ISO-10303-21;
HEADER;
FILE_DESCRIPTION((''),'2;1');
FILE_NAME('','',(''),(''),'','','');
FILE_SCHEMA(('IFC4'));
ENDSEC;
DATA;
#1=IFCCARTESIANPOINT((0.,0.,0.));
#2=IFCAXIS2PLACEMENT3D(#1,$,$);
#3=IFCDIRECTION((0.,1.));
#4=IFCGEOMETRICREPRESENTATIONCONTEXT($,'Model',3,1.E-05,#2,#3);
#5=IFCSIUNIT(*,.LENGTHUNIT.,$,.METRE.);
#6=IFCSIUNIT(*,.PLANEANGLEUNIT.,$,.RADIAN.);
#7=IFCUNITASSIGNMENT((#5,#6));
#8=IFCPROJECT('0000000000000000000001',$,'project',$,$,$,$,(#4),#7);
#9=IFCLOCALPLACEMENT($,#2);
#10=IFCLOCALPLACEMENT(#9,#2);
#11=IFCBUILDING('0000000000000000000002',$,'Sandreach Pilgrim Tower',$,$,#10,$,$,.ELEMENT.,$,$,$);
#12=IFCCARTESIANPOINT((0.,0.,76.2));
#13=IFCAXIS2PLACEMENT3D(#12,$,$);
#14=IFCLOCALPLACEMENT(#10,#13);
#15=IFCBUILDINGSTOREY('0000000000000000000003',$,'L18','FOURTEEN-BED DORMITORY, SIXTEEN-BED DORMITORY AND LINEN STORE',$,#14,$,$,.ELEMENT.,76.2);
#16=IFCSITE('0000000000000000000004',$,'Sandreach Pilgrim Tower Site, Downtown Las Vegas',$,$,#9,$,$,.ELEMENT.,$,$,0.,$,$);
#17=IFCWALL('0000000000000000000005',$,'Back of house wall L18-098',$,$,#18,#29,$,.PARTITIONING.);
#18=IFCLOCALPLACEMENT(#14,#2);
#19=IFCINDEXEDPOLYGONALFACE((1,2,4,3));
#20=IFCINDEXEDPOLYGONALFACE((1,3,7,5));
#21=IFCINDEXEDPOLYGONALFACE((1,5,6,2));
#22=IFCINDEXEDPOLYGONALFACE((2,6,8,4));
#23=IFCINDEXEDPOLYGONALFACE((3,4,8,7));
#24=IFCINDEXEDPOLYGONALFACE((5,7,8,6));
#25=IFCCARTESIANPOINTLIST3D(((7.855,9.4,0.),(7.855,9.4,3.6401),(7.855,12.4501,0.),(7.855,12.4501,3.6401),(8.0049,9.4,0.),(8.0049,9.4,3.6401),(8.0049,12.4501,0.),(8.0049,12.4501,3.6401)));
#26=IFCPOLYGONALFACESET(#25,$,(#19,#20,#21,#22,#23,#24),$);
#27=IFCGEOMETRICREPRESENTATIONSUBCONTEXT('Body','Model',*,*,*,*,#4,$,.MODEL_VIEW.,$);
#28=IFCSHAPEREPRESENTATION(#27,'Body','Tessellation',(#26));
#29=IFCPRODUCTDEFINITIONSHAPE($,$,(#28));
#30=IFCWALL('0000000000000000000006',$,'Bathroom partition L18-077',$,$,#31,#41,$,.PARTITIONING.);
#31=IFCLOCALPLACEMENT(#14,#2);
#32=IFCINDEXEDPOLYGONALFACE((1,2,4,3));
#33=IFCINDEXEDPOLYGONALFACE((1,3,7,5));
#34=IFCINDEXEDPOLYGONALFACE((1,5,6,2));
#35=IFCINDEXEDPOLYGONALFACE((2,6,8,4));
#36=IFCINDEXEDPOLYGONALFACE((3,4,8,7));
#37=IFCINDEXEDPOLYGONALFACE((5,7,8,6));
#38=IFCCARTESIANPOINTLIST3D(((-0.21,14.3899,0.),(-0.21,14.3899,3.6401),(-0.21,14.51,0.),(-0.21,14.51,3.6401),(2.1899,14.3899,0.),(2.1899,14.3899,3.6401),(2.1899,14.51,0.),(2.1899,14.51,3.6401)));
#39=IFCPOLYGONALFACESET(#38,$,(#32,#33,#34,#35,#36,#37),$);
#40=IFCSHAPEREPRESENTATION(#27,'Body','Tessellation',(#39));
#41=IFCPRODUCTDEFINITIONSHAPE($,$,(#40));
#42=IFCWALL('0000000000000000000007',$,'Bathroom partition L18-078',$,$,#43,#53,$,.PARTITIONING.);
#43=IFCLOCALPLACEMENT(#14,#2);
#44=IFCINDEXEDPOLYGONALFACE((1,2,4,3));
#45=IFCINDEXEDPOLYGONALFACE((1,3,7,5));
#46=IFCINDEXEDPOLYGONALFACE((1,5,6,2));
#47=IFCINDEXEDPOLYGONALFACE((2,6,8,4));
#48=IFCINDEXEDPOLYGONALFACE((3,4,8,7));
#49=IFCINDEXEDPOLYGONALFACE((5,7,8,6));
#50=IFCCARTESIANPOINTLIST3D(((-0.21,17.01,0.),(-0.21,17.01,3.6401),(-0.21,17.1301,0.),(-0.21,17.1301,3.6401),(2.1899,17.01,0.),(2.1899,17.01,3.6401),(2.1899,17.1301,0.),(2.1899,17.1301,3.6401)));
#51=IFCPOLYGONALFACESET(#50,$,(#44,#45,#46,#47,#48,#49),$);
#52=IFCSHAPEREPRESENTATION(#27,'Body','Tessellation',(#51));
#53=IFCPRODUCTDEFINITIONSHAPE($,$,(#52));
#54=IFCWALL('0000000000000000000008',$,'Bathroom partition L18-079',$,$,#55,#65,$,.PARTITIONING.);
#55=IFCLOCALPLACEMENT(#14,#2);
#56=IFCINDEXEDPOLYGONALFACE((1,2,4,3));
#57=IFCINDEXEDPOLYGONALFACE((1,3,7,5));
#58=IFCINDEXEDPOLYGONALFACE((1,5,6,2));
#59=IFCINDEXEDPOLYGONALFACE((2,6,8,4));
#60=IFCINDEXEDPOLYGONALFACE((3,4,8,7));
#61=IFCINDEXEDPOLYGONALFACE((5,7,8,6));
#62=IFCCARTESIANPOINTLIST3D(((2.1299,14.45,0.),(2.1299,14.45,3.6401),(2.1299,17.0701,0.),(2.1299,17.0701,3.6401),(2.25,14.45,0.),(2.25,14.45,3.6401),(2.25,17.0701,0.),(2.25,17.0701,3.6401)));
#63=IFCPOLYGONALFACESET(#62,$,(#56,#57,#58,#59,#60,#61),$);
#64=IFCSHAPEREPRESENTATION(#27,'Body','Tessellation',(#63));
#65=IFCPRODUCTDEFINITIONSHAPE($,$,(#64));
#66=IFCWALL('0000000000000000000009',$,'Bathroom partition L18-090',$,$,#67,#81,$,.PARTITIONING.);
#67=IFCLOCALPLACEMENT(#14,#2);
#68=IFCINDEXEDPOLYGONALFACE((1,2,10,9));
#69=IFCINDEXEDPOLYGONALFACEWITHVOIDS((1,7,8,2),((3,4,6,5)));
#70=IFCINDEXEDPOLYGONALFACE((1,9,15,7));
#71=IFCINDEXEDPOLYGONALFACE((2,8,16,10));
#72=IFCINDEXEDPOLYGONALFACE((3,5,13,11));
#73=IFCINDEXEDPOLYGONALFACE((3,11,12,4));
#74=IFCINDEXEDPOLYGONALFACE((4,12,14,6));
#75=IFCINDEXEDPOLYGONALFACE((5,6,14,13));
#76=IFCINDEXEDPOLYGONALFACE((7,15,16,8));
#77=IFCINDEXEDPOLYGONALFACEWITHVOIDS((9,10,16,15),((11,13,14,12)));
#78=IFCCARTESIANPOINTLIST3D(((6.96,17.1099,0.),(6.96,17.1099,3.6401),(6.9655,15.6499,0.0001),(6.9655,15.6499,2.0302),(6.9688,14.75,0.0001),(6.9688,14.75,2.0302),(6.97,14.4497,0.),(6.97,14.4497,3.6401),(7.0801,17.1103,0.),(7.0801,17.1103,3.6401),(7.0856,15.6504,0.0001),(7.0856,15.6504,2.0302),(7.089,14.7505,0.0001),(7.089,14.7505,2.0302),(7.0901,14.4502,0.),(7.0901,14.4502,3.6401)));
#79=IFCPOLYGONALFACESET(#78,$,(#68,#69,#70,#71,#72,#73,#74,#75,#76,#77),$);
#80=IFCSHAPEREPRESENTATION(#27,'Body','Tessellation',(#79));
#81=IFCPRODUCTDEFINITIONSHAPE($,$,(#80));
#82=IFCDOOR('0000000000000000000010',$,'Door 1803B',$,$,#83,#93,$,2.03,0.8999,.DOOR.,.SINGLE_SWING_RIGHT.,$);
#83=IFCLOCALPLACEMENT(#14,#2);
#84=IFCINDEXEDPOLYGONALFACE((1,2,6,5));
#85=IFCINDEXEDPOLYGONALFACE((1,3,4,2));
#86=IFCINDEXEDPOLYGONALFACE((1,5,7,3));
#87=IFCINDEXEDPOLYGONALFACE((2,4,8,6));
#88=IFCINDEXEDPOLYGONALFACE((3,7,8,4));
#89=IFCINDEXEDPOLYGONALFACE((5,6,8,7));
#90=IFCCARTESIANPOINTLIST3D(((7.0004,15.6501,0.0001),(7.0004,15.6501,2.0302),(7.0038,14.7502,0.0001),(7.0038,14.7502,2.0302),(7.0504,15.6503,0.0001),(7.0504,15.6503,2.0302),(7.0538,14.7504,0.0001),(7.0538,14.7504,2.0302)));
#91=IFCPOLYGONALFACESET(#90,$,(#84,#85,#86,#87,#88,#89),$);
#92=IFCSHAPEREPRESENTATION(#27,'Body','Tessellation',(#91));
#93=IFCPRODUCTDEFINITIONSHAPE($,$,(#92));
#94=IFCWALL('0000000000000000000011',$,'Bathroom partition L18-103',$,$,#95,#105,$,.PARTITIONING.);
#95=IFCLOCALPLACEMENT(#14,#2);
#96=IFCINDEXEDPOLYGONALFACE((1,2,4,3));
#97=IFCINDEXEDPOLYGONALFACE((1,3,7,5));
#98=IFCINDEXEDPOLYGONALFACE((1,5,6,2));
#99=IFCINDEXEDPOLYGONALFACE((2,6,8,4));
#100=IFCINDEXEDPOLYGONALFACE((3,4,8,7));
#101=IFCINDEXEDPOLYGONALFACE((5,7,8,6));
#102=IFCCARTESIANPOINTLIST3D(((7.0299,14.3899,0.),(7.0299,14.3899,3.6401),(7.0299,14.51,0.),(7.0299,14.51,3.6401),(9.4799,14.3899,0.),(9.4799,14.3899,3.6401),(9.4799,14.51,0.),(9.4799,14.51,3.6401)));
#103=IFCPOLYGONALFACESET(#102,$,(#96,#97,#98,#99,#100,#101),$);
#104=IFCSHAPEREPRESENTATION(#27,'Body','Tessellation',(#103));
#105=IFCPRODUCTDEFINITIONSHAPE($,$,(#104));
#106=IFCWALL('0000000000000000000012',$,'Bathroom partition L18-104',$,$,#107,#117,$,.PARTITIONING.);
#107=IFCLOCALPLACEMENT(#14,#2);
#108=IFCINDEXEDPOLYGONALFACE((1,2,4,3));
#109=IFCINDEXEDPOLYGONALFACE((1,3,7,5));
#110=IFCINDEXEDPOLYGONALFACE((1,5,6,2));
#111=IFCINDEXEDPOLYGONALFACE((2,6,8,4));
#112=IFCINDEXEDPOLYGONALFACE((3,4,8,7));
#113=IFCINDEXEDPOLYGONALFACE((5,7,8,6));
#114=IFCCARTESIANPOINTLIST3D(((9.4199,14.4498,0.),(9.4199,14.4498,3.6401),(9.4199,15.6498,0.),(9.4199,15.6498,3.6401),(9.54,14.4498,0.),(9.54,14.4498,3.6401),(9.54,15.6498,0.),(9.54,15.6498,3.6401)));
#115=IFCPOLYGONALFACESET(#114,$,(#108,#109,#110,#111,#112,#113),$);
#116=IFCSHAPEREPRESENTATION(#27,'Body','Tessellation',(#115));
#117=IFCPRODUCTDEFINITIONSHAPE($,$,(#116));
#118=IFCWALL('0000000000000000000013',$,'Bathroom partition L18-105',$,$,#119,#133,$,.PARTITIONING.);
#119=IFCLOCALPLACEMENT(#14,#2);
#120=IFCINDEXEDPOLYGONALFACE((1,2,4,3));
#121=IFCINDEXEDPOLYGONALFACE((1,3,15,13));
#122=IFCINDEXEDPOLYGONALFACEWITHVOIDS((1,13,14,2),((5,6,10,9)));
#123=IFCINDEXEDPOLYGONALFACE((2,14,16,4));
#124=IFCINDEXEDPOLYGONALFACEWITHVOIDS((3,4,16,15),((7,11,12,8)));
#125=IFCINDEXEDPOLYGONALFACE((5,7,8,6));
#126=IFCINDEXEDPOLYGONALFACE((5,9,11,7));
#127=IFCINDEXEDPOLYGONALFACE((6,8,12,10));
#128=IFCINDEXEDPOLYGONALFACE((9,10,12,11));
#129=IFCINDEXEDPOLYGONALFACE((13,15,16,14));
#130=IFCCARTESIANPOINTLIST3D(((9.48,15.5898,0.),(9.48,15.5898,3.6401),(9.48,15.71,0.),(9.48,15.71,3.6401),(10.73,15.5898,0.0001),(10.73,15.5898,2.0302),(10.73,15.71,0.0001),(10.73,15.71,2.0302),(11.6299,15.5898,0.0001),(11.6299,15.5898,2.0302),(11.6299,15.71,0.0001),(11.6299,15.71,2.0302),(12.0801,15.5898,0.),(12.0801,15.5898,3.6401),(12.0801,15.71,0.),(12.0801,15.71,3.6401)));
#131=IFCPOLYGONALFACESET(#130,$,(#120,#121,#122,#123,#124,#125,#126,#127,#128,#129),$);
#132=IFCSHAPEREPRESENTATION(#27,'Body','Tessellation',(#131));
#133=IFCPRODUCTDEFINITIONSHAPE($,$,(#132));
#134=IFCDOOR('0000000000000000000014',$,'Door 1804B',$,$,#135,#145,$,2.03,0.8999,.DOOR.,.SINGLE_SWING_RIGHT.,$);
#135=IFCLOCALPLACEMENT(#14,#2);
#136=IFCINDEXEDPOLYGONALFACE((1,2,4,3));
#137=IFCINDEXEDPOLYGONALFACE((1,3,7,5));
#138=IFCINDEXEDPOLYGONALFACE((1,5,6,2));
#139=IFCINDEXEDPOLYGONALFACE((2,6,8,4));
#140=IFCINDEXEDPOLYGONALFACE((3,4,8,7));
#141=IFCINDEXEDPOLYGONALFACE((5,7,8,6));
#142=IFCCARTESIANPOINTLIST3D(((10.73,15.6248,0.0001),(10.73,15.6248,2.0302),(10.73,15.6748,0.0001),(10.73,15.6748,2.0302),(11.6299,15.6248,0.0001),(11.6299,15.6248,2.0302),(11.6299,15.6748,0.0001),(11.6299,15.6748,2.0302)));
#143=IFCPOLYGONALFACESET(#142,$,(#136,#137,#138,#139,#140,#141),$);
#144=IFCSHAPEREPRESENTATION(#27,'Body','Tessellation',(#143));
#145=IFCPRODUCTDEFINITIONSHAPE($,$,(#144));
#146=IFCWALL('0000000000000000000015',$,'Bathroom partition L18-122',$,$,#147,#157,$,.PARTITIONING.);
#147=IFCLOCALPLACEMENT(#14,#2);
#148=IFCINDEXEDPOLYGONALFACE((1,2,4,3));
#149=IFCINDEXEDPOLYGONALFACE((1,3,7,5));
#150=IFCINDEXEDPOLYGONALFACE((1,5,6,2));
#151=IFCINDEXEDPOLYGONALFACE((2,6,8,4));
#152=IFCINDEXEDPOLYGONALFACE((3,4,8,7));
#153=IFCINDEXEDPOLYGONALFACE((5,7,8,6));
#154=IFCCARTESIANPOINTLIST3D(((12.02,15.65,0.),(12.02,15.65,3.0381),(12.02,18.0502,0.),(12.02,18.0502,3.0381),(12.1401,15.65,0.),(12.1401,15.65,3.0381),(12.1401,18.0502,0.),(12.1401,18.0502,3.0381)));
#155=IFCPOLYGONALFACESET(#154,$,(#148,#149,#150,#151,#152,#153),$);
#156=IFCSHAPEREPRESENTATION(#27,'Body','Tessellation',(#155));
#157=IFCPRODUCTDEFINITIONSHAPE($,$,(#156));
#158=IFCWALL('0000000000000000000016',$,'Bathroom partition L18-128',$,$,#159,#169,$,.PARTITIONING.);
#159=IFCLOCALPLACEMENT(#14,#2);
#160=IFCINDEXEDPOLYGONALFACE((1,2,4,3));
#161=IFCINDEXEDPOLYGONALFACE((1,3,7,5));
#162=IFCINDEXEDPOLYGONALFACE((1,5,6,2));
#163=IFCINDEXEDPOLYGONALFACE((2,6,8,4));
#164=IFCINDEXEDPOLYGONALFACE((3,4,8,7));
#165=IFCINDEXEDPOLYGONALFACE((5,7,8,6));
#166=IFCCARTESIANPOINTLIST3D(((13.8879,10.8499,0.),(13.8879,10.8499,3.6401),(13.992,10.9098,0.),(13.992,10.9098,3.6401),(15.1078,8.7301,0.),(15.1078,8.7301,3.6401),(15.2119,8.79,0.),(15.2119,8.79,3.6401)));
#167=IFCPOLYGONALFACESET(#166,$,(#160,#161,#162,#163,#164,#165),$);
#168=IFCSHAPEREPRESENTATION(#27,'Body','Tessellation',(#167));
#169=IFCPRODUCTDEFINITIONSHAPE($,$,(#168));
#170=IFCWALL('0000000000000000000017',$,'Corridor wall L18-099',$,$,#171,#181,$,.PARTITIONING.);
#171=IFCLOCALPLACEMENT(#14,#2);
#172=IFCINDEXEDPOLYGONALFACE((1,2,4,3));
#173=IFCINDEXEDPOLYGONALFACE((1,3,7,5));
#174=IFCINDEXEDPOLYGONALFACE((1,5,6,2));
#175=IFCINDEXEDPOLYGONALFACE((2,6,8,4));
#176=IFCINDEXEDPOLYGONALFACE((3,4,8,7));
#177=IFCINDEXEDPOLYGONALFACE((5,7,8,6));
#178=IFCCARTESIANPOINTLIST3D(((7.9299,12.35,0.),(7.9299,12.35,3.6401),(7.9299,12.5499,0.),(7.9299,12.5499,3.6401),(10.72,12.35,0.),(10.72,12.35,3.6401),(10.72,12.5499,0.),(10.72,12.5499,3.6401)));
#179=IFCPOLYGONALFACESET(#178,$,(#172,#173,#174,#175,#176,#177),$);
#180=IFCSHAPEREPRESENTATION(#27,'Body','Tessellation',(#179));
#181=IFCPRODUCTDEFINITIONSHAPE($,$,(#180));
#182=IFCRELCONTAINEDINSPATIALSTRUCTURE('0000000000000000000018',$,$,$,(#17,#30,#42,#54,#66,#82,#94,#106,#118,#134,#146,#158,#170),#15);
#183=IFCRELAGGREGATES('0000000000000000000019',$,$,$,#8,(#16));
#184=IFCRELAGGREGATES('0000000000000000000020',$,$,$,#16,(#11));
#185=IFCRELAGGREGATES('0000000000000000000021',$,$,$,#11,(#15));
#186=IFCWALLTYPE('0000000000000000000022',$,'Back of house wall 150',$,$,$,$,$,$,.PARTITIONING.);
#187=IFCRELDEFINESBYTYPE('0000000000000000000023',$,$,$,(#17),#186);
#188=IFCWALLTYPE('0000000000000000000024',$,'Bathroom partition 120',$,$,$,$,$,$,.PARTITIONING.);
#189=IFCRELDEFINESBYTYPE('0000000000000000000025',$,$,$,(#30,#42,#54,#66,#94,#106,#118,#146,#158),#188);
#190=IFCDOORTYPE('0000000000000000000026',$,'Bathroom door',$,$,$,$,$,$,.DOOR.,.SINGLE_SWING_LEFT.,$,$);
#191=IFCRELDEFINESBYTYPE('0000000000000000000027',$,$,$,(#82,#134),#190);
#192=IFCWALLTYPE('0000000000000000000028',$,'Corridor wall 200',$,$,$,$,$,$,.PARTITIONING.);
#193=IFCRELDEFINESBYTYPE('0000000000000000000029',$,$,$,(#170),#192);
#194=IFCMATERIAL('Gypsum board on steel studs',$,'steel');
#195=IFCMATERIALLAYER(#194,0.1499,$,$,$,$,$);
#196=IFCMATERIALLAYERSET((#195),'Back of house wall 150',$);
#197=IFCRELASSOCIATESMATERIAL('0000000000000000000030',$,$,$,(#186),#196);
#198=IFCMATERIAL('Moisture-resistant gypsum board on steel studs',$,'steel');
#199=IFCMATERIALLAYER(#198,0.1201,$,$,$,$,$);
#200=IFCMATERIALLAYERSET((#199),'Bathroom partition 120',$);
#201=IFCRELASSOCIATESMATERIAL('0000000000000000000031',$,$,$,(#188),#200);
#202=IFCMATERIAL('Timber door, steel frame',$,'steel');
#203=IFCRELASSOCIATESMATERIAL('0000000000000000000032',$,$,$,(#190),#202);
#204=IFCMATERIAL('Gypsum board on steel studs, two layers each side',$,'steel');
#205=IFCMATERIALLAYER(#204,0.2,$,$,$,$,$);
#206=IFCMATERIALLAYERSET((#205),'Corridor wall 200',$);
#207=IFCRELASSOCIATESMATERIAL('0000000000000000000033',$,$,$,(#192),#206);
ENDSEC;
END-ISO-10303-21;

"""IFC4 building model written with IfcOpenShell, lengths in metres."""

from ifc_helpers import new_model, si_unit, direction, frame, frame_2d, origin, place, context, subcontext, project, spatial, rectangle, extrude, material, layer, layer_set, type_object, element, fill, save


model = new_model("IFC4")

# Units and contexts
model_context = context("Model", 3, precision=1e-05, world=origin(), true_north=direction((0.0, 1.0)))
body_context = subcontext(model_context, "Body", "Model", "MODEL_VIEW")
ifc_project = project(units=[si_unit("LENGTHUNIT", "METRE"), si_unit("PLANEANGLEUNIT", "RADIAN")], contexts=[model_context])

# Site, building, storey
site_placement = place(None, origin())
site = spatial("IfcSite", under=ifc_project, at=site_placement, Name="Sandreach Pilgrim Tower Site, Downtown Las Vegas", CompositionType="ELEMENT", RefElevation=0.0)
building_placement = place(site_placement, origin())
building = spatial("IfcBuilding", under=site, at=building_placement, Name="Sandreach Pilgrim Tower", CompositionType="ELEMENT")
storey_placement = place(building_placement, frame((0.0, 0.0, 76.2)))
storey = spatial("IfcBuildingStorey", under=building, at=storey_placement, Name="L18", Description="FOURTEEN-BED DORMITORY, SIXTEEN-BED DORMITORY AND LINEN STORE", CompositionType="ELEMENT", Elevation=76.2)

# Walls
ifc_material_1 = material(Name="Gypsum board on steel studs", Category="steel")
ifc_layer_1 = layer(ifc_material_1, 0.1499)
ifc_layer_set_1 = layer_set([ifc_layer_1], Name="Back of house wall 150")
wall_type_1 = type_object("IfcWallType", Name="Back of house wall 150", PredefinedType="PARTITIONING", material=ifc_layer_set_1)
wall_1_placement = place(storey_placement, frame((7.9299, 12.45, 0.0), z_axis=(0.0, 0.0, 1.0), x_axis=(0.0, -1.0, 0.0)))
element("IfcWall", 1, at=wall_1_placement, inside=storey, type_object=wall_type_1, Name="Back of house wall L18-098", PredefinedType="PARTITIONING", context=body_context, shape_type="SweptSolid", body=[
    extrude(rectangle(XDim=3.05, YDim=0.1499, at=frame_2d((1.5249, 0.0))), origin(), (0.0, 0.0, 1.0), 3.6401),
])
ifc_material_2 = material(Name="Moisture-resistant gypsum board on steel studs", Category="steel")
ifc_layer_2 = layer(ifc_material_2, 0.1201)
ifc_layer_set_2 = layer_set([ifc_layer_2], Name="Bathroom partition 120")
wall_type_2 = type_object("IfcWallType", Name="Bathroom partition 120", PredefinedType="PARTITIONING", material=ifc_layer_set_2)
for number, where, z_axis, x_axis, name in (
    (2, (2.1899, 14.45, 0.0), (0.0, 0.0, 1.0), (-1.0, 0.0, 0.0), "Bathroom partition L18-077"),
    (3, (2.1899, 17.0701, 0.0), (0.0, 0.0, 1.0), (-1.0, 0.0, 0.0), "Bathroom partition L18-078"),
):
    element("IfcWall", number, at=place(storey_placement, frame(where, z_axis=z_axis, x_axis=x_axis)), inside=storey, type_object=wall_type_2, Name=name, PredefinedType="PARTITIONING", context=body_context, shape_type="SweptSolid", body=[
        extrude(rectangle(XDim=2.3999, YDim=0.1201, at=frame_2d((1.2, 0.0))), origin(), (0.0, 0.0, 1.0), 3.6401),
    ])
wall_2_placement = place(storey_placement, frame((2.1899, 17.0701, 0.0), z_axis=(0.0, 0.0, 1.0), x_axis=(0.0, -1.0, 0.0)))
element("IfcWall", 4, at=wall_2_placement, inside=storey, type_object=wall_type_2, Name="Bathroom partition L18-079", PredefinedType="PARTITIONING", context=body_context, shape_type="SweptSolid", body=[
    extrude(rectangle(XDim=2.6201, YDim=0.1201, at=frame_2d((1.3101, 0.0))), origin(), (0.0, 0.0, 1.0), 3.6401),
])

# Wall, opening, door
wall_3_placement = place(storey_placement, frame((7.02, 17.1101, 0.0), z_axis=(0.0, 0.0, 1.0), x_axis=(0.003763, -0.999993, 0.0)))
wall_3 = element("IfcWall", 5, at=wall_3_placement, inside=storey, type_object=wall_type_2, Name="Bathroom partition L18-090", PredefinedType="PARTITIONING", context=body_context, shape_type="SweptSolid", body=[
    extrude(rectangle(XDim=2.6602, YDim=0.1201, at=frame_2d((1.3301, 0.0))), origin(), (0.0, 0.0, 1.0), 3.6401),
])
opening_1_placement = place(wall_3_placement, frame((1.46, 0.0, 0.0)))
opening_1 = element("IfcOpeningElement", 6, at=opening_1_placement, cuts=wall_3, PredefinedType="OPENING", context=body_context, shape_type="SweptSolid", body=[
    extrude(rectangle(XDim=0.8999, YDim=2.03, at=frame_2d((0.45, 1.0151))), frame((0.0, 0.0601, 0.0), z_axis=(0.0, -1.0, 0.0), x_axis=(1.0, 0.0, 0.0)), (0.0, 0.0, 1.0), 0.1201),
])
ifc_material_3 = material(Name="Timber door, steel frame", Category="steel")
door_type_1 = type_object("IfcDoorType", Name="Bathroom door", OperationType="SINGLE_SWING_LEFT", PredefinedType="DOOR", material=ifc_material_3)
door_1_placement = place(opening_1_placement, origin())
door_1 = element("IfcDoor", 7, at=door_1_placement, inside=storey, type_object=door_type_1, Name="Door 1803B", OperationType="SINGLE_SWING_RIGHT", OverallHeight=2.03, OverallWidth=0.8999, PredefinedType="DOOR", context=body_context, shape_type="SweptSolid", body=[
    extrude(rectangle(XDim=0.8999, YDim=2.03, at=frame_2d((0.45, 1.0151))), frame((0.0, 0.0249, 0.0), z_axis=(0.0, -1.0, 0.0), x_axis=(1.0, 0.0, 0.0)), (0.0, 0.0, 1.0), 0.05),
])
fill(opening_1, door_1)

# Walls
wall_4_placement = place(storey_placement, frame((9.48, 14.45, 0.0), z_axis=(0.0, 0.0, 1.0), x_axis=(-1.0, 0.0, 0.0)))
element("IfcWall", 8, at=wall_4_placement, inside=storey, type_object=wall_type_2, Name="Bathroom partition L18-103", PredefinedType="PARTITIONING", context=body_context, shape_type="SweptSolid", body=[
    extrude(rectangle(XDim=2.45, YDim=0.1201, at=frame_2d((1.2251, 0.0))), origin(), (0.0, 0.0, 1.0), 3.6401),
])
wall_5_placement = place(storey_placement, frame((9.48, 15.6499, 0.0), z_axis=(0.0, 0.0, 1.0), x_axis=(0.0, -1.0, 0.0)))
element("IfcWall", 9, at=wall_5_placement, inside=storey, type_object=wall_type_2, Name="Bathroom partition L18-104", PredefinedType="PARTITIONING", context=body_context, shape_type="SweptSolid", body=[
    extrude(rectangle(XDim=1.2, YDim=0.1201, at=frame_2d((0.6001, 0.0))), origin(), (0.0, 0.0, 1.0), 3.6401),
])

# Wall, opening, door
wall_6_placement = place(storey_placement, frame((9.48, 15.6499, 0.0), z_axis=(0.0, 0.0, 1.0), x_axis=(1.0, 0.0, 0.0)))
wall_6 = element("IfcWall", 10, at=wall_6_placement, inside=storey, type_object=wall_type_2, Name="Bathroom partition L18-105", PredefinedType="PARTITIONING", context=body_context, shape_type="SweptSolid", body=[
    extrude(rectangle(XDim=2.6001, YDim=0.1201, at=frame_2d((1.3, 0.0))), origin(), (0.0, 0.0, 1.0), 3.6401),
])
opening_2_placement = place(wall_6_placement, frame((1.25, 0.0, 0.0)))
opening_2 = element("IfcOpeningElement", 11, at=opening_2_placement, cuts=wall_6, PredefinedType="OPENING", context=body_context, shape_type="SweptSolid", body=[
    extrude(rectangle(XDim=0.8999, YDim=2.03, at=frame_2d((0.45, 1.0151))), frame((0.0, 0.0601, 0.0), z_axis=(0.0, -1.0, 0.0), x_axis=(1.0, 0.0, 0.0)), (0.0, 0.0, 1.0), 0.1201),
])
door_2_placement = place(opening_2_placement, origin())
door_2 = element("IfcDoor", 12, at=door_2_placement, inside=storey, type_object=door_type_1, Name="Door 1804B", OperationType="SINGLE_SWING_RIGHT", OverallHeight=2.03, OverallWidth=0.8999, PredefinedType="DOOR", context=body_context, shape_type="SweptSolid", body=[
    extrude(rectangle(XDim=0.8999, YDim=2.03, at=frame_2d((0.45, 1.0151))), frame((0.0, 0.0249, 0.0), z_axis=(0.0, -1.0, 0.0), x_axis=(1.0, 0.0, 0.0)), (0.0, 0.0, 1.0), 0.05),
])
fill(opening_2, door_2)

# Walls
wall_7_placement = place(storey_placement, frame((12.0801, 15.6499, 0.0), z_axis=(0.0, 0.0, 1.0), x_axis=(0.0, 1.0, 0.0)))
element("IfcWall", 13, at=wall_7_placement, inside=storey, type_object=wall_type_2, Name="Bathroom partition L18-122", PredefinedType="PARTITIONING", context=body_context, shape_type="SweptSolid", body=[
    extrude(rectangle(XDim=2.4001, YDim=0.1201, at=frame_2d((1.2002, 0.0))), origin(), (0.0, 0.0, 1.0), 3.0381),
])
wall_8_placement = place(storey_placement, frame((13.9399, 10.8799, 0.0), z_axis=(0.0, 0.0, 1.0), x_axis=(0.498792, -0.866722, 0.0)))
element("IfcWall", 14, at=wall_8_placement, inside=storey, type_object=wall_type_2, Name="Bathroom partition L18-128", PredefinedType="PARTITIONING", context=body_context, shape_type="SweptSolid", body=[
    extrude(rectangle(XDim=2.4458, YDim=0.1201, at=frame_2d((1.2229, 0.0))), origin(), (0.0, 0.0, 1.0), 3.6401),
])

# Shared definitions
ifc_material_4 = material(Name="Gypsum board on steel studs, two layers each side", Category="steel")
ifc_layer_3 = layer(ifc_material_4, 0.2)
ifc_layer_set_3 = layer_set([ifc_layer_3], Name="Corridor wall 200")
wall_type_3 = type_object("IfcWallType", Name="Corridor wall 200", PredefinedType="PARTITIONING", material=ifc_layer_set_3)

# Wall
wall_9_placement = place(storey_placement, frame((7.9299, 12.45, 0.0), z_axis=(0.0, 0.0, 1.0), x_axis=(1.0, 0.0, 0.0)))
element("IfcWall", 15, at=wall_9_placement, inside=storey, type_object=wall_type_3, Name="Corridor wall L18-099", PredefinedType="PARTITIONING", context=body_context, shape_type="SweptSolid", body=[
    extrude(rectangle(XDim=2.79, YDim=0.2, at=frame_2d((1.395, 0.0))), origin(), (0.0, 0.0, 1.0), 3.6401),
])

save(model, "model.ifc")
